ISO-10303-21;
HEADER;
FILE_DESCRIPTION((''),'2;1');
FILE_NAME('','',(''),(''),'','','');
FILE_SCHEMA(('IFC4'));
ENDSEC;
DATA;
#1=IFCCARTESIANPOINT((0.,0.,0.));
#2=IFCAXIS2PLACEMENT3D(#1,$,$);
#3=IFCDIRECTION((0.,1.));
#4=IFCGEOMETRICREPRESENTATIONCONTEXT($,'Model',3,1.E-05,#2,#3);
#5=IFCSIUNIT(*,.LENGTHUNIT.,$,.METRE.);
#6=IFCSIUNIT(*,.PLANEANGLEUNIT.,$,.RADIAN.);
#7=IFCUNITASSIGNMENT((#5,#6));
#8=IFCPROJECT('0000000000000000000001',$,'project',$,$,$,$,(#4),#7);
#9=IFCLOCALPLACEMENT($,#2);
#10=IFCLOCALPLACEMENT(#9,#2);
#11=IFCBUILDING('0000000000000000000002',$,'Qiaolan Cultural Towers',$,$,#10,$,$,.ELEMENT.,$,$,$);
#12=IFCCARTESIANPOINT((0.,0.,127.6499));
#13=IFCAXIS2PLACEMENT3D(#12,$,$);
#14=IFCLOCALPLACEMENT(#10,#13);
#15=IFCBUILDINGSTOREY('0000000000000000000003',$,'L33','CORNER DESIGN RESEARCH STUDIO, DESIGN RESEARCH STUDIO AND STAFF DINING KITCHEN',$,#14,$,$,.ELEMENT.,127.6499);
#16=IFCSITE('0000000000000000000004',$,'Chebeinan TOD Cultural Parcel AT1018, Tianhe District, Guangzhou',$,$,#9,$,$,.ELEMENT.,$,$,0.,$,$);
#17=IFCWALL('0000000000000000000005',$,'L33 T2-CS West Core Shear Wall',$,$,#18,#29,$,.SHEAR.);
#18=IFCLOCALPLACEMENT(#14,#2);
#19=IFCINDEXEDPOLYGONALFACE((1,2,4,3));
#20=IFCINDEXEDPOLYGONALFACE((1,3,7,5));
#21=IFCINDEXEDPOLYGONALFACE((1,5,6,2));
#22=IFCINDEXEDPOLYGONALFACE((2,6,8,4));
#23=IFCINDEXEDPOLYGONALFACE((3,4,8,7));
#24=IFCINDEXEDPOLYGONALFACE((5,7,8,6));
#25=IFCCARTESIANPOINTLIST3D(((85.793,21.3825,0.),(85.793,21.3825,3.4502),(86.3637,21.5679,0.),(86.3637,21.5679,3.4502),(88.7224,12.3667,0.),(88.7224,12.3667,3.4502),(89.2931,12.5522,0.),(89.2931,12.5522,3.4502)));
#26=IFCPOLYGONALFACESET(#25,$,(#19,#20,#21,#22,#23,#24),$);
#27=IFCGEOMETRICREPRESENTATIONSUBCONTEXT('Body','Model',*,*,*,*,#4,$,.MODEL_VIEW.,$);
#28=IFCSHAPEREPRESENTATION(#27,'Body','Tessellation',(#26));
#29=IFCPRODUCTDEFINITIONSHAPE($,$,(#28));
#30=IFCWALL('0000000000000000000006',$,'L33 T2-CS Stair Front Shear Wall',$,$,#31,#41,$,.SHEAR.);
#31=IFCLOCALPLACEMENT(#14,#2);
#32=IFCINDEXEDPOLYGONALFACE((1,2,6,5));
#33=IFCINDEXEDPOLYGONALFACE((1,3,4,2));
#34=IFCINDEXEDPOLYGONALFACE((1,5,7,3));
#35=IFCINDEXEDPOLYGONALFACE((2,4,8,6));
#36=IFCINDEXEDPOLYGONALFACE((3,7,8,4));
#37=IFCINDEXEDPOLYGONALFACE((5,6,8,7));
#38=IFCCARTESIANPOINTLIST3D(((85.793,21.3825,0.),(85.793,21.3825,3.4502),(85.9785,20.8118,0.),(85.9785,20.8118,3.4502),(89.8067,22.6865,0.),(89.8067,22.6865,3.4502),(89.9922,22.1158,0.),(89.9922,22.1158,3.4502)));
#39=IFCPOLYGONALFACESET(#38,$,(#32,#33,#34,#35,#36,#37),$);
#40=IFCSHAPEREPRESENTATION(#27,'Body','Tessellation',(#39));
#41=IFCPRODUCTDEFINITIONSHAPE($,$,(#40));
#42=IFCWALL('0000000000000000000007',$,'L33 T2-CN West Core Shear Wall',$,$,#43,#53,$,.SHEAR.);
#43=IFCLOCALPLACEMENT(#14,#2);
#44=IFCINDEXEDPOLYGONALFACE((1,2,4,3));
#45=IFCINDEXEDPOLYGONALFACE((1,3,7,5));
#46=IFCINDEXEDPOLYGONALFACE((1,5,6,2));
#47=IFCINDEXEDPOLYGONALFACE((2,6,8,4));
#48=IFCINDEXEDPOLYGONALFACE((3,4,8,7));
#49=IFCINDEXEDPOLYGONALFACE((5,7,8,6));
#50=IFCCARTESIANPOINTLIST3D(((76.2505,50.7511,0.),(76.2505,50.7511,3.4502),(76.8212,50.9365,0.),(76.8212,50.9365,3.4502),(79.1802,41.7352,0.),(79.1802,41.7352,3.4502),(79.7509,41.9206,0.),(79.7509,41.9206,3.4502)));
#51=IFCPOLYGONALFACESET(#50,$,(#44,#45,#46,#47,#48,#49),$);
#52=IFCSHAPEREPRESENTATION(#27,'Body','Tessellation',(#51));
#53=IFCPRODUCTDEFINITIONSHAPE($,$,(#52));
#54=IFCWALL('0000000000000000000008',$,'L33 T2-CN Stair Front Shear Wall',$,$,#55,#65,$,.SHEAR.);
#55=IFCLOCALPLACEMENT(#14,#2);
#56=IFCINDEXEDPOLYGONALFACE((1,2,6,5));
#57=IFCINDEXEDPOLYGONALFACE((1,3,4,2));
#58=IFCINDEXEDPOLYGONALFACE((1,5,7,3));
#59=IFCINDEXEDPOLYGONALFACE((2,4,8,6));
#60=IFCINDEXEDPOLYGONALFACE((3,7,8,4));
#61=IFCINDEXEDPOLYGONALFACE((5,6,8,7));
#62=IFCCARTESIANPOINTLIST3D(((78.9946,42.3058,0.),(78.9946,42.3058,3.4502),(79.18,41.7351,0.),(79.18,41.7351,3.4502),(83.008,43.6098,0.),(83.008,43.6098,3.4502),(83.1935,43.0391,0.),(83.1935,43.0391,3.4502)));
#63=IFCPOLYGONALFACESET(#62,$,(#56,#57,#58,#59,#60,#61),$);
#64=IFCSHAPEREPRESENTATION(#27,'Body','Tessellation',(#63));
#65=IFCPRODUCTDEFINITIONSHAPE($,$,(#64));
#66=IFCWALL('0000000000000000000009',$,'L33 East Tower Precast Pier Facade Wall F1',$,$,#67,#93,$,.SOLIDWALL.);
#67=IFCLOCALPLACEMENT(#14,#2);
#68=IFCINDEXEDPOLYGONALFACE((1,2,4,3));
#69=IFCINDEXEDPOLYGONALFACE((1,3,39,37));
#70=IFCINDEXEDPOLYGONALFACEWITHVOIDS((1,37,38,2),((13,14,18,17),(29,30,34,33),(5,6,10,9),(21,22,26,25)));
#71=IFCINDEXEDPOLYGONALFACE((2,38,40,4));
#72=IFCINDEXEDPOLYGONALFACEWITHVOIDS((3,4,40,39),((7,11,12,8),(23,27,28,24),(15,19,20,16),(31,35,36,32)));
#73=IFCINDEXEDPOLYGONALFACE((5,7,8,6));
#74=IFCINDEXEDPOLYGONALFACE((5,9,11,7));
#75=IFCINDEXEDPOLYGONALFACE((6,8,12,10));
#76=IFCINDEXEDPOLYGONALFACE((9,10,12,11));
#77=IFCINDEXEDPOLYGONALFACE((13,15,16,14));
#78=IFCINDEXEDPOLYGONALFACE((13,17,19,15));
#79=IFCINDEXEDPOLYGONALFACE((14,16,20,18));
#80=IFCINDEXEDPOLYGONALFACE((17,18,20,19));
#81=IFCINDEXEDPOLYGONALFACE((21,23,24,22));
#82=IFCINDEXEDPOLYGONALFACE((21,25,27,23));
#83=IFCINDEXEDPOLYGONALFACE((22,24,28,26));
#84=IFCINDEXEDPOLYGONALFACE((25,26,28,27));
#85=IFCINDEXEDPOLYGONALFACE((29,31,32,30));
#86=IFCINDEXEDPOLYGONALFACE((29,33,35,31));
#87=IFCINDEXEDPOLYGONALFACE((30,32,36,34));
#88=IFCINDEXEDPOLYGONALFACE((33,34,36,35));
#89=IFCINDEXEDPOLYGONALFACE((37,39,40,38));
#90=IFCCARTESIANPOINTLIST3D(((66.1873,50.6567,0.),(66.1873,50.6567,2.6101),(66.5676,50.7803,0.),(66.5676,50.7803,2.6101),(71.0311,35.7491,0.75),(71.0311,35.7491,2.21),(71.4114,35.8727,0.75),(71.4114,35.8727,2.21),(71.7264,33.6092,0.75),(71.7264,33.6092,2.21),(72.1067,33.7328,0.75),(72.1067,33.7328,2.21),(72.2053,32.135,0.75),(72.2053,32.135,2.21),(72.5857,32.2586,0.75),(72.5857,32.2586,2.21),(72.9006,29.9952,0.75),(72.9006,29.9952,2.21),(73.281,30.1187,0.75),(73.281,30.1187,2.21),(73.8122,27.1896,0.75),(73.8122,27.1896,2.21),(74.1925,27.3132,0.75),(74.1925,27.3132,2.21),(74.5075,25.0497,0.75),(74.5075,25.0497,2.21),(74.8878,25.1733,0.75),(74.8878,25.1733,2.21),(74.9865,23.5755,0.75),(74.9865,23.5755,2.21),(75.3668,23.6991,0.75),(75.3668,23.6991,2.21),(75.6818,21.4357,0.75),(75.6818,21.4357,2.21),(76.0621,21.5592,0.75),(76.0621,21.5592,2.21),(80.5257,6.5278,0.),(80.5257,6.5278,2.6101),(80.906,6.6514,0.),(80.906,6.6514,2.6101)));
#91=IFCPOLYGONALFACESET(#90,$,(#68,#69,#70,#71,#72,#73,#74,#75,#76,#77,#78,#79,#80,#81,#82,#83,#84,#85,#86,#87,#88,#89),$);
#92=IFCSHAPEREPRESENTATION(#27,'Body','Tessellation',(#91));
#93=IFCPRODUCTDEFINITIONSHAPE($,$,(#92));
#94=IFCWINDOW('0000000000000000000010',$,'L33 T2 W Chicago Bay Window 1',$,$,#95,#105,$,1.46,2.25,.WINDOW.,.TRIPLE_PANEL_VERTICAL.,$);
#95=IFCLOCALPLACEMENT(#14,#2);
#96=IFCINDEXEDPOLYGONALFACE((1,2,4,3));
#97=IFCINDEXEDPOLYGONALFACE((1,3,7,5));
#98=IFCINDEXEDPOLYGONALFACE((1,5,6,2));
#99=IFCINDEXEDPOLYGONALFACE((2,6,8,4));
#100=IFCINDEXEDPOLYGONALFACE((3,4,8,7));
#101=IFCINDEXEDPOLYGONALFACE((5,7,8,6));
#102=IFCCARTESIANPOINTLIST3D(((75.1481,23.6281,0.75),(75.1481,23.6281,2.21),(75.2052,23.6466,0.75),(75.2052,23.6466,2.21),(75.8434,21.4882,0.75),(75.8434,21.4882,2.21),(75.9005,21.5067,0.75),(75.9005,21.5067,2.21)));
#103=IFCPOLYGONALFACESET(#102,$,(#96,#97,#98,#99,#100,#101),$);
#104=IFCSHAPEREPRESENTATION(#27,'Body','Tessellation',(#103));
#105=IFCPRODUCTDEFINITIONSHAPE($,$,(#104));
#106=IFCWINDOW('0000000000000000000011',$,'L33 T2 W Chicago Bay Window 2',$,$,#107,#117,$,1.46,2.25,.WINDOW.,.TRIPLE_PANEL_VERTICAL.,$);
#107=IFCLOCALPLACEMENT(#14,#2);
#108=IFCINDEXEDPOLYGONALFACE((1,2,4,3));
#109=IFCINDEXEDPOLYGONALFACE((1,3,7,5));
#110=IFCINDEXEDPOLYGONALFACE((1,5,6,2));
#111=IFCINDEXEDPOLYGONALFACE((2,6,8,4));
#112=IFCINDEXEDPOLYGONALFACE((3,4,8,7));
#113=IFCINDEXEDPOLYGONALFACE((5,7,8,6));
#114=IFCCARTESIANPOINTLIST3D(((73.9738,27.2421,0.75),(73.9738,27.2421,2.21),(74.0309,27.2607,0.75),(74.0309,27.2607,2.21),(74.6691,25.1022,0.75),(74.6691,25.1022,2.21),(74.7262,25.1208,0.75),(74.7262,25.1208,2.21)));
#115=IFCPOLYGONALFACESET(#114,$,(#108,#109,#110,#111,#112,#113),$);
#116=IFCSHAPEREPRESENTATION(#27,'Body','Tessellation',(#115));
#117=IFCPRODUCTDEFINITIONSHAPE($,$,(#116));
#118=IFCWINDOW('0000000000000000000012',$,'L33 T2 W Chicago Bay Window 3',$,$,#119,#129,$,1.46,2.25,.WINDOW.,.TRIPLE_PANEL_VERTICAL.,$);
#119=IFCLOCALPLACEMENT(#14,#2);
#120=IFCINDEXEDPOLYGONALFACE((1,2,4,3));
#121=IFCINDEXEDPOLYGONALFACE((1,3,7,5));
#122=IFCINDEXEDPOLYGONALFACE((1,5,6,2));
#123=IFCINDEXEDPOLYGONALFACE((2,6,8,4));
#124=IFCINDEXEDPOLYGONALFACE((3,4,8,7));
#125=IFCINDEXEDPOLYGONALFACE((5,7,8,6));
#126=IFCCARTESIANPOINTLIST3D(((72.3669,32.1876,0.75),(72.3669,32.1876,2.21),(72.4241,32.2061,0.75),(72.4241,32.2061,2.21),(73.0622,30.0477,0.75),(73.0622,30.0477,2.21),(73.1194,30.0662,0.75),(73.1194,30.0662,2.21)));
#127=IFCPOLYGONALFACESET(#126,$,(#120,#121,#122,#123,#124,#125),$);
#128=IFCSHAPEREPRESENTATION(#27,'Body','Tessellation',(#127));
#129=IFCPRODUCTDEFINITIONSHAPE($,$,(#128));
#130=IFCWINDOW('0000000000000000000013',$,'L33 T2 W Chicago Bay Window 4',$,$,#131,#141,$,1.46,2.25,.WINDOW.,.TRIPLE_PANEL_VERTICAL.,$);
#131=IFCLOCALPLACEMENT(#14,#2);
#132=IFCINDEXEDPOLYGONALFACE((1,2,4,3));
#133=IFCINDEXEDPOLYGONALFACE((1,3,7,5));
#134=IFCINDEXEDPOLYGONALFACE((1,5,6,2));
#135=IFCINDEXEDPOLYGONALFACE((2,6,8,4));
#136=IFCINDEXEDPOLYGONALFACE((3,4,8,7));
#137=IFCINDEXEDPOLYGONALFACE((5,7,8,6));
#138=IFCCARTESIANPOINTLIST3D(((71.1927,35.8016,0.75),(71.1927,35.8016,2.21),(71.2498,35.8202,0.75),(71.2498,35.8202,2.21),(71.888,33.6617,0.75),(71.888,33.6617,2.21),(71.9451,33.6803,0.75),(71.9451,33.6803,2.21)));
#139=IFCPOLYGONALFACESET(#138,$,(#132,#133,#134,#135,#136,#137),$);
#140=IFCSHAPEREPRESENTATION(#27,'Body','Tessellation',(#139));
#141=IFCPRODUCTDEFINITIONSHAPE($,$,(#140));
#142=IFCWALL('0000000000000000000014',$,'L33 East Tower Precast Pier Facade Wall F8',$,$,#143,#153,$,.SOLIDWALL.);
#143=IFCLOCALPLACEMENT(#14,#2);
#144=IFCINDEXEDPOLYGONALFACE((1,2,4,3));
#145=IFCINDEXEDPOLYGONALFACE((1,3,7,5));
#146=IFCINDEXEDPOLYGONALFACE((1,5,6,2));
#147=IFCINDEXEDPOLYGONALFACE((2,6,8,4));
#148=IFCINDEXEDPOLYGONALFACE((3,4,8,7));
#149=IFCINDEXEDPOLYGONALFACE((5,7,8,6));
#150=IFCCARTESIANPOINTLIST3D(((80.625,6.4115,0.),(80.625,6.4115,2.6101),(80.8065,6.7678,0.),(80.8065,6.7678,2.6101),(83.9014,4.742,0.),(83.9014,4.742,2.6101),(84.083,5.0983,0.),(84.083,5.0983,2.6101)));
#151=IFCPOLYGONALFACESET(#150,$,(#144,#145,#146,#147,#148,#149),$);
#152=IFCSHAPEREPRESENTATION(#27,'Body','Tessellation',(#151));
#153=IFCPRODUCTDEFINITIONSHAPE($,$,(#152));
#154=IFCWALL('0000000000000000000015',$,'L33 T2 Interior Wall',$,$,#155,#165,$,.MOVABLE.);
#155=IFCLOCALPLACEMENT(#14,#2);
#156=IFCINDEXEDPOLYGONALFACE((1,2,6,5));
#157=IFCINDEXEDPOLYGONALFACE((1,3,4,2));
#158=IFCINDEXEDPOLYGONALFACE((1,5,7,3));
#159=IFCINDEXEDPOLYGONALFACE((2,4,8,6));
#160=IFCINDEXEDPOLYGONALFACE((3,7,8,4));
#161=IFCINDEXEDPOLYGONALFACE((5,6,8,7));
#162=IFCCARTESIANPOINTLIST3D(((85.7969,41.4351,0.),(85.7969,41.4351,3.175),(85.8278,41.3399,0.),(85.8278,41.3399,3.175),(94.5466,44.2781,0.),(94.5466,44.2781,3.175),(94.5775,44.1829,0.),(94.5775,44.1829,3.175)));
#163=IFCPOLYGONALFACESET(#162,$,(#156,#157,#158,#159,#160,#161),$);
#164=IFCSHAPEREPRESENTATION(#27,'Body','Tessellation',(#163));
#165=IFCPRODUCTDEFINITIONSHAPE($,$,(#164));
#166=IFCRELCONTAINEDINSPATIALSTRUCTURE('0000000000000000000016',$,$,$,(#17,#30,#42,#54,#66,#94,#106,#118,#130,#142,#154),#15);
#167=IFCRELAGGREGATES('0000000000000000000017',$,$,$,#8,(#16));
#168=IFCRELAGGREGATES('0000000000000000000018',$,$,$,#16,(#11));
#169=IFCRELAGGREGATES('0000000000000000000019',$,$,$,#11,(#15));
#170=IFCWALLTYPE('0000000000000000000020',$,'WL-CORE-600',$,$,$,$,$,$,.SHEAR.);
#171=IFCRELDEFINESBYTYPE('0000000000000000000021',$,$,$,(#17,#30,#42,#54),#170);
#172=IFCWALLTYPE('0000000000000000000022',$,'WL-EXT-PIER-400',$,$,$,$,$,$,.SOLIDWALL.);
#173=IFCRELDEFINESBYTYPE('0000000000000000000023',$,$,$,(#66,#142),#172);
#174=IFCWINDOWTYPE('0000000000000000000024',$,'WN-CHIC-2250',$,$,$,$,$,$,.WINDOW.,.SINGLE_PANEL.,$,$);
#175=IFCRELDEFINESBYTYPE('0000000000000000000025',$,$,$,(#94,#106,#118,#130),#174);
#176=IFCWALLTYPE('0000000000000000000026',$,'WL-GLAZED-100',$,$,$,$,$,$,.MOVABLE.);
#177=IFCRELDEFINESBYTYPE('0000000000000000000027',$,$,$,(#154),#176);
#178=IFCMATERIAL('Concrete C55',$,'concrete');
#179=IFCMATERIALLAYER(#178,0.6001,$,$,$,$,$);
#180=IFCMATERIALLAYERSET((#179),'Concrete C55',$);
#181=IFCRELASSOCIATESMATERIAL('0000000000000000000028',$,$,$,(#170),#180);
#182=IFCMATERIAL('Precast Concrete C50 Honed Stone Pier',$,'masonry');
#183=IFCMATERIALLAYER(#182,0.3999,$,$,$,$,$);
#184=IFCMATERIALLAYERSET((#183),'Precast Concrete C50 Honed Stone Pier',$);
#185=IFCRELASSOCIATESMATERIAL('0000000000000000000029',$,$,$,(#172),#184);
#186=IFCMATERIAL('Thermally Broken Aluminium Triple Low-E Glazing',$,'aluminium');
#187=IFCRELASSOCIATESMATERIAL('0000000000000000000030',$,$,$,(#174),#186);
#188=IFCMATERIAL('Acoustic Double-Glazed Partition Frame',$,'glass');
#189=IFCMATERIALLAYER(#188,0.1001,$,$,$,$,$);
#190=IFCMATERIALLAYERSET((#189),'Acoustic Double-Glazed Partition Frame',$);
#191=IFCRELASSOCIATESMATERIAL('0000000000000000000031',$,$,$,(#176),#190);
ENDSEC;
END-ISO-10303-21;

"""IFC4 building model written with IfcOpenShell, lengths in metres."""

from ifc_helpers import new_model, si_unit, direction, frame, frame_2d, origin, place, context, subcontext, project, spatial, rectangle, extrude, material, layer, layer_set, type_object, element, fill, save


model = new_model("IFC4")

# Units and contexts
model_context = context("Model", 3, precision=1e-05, world=origin(), true_north=direction((0.0, 1.0)))
body_context = subcontext(model_context, "Body", "Model", "MODEL_VIEW")
ifc_project = project(units=[si_unit("LENGTHUNIT", "METRE"), si_unit("PLANEANGLEUNIT", "RADIAN")], contexts=[model_context])

# Site, building, storey
site_placement = place(None, origin())
site = spatial("IfcSite", under=ifc_project, at=site_placement, Name="Chebeinan TOD Cultural Parcel AT1018, Tianhe District, Guangzhou", CompositionType="ELEMENT", RefElevation=0.0)
building_placement = place(site_placement, origin())
building = spatial("IfcBuilding", under=site, at=building_placement, Name="Qiaolan Cultural Towers", CompositionType="ELEMENT")
storey_placement = place(building_placement, frame((0.0, 0.0, 127.6499)))
storey = spatial("IfcBuildingStorey", under=building, at=storey_placement, Name="L33", Description="CORNER DESIGN RESEARCH STUDIO, DESIGN RESEARCH STUDIO AND STAFF DINING KITCHEN", CompositionType="ELEMENT", Elevation=127.6499)

# Walls
ifc_material_1 = material(Name="Concrete C55", Category="concrete")
ifc_layer_1 = layer(ifc_material_1, 0.6001)
ifc_layer_set_1 = layer_set([ifc_layer_1], Name="Concrete C55")
wall_type_1 = type_object("IfcWallType", Name="WL-CORE-600", PredefinedType="SHEAR", material=ifc_layer_set_1)
wall_1_placement = place(storey_placement, frame((86.0784, 21.4751, 0.0), z_axis=(0.0, 0.0, 1.0), x_axis=(0.309018, -0.951056, 0.0)))
element("IfcWall", 1, at=wall_1_placement, inside=storey, type_object=wall_type_1, Name="L33 T2-CS West Core Shear Wall", PredefinedType="SHEAR", context=body_context, shape_type="SweptSolid", body=[
    extrude(rectangle(XDim=9.4797, YDim=0.6001, at=frame_2d((4.7397, 0.0))), origin(), (0.0, 0.0, 1.0), 3.4502),
])
wall_2_placement = place(storey_placement, frame((85.8857, 21.0972, 0.0), z_axis=(0.0, 0.0, 1.0), x_axis=(0.951068, 0.308981, 0.0)))
element("IfcWall", 2, at=wall_2_placement, inside=storey, type_object=wall_type_1, Name="L33 T2-CS Stair Front Shear Wall", PredefinedType="SHEAR", context=body_context, shape_type="SweptSolid", body=[
    extrude(rectangle(XDim=4.2202, YDim=0.6001, at=frame_2d((2.1101, 0.0))), origin(), (0.0, 0.0, 1.0), 3.4502),
])
wall_3_placement = place(storey_placement, frame((79.4656, 41.8279, 0.0), z_axis=(0.0, 0.0, 1.0), x_axis=(-0.309041, 0.951049, 0.0)))
element("IfcWall", 3, at=wall_3_placement, inside=storey, type_object=wall_type_1, Name="L33 T2-CN West Core Shear Wall", PredefinedType="SHEAR", context=body_context, shape_type="SweptSolid", body=[
    extrude(rectangle(XDim=9.48, YDim=0.6001, at=frame_2d((4.74, 0.0))), origin(), (0.0, 0.0, 1.0), 3.4502),
])
wall_4_placement = place(storey_placement, frame((79.0874, 42.0205, 0.0), z_axis=(0.0, 0.0, 1.0), x_axis=(0.951063, 0.308998, 0.0)))
element("IfcWall", 4, at=wall_4_placement, inside=storey, type_object=wall_type_1, Name="L33 T2-CN Stair Front Shear Wall", PredefinedType="SHEAR", context=body_context, shape_type="SweptSolid", body=[
    extrude(rectangle(XDim=4.22, YDim=0.6001, at=frame_2d((2.1099, 0.0))), origin(), (0.0, 0.0, 1.0), 3.4502),
])

# Wall, openings, windows
ifc_material_2 = material(Name="Precast Concrete C50 Honed Stone Pier", Category="masonry")
ifc_layer_2 = layer(ifc_material_2, 0.3999)
ifc_layer_set_2 = layer_set([ifc_layer_2], Name="Precast Concrete C50 Honed Stone Pier")
wall_type_2 = type_object("IfcWallType", Name="WL-EXT-PIER-400", PredefinedType="SOLIDWALL", material=ifc_layer_set_2)
wall_5_placement = place(storey_placement, frame((80.7158, 6.5896, 0.0), z_axis=(0.0, 0.0, 1.0), x_axis=(-0.309018, 0.951056, 0.0)))
wall_5 = element("IfcWall", 5, at=wall_5_placement, inside=storey, type_object=wall_type_2, Name="L33 East Tower Precast Pier Facade Wall F1", PredefinedType="SOLIDWALL", context=body_context, shape_type="SweptSolid", body=[
    extrude(rectangle(XDim=46.3999, YDim=0.3999, at=frame_2d((23.2, 0.0))), origin(), (0.0, 0.0, 1.0), 2.6101),
])
opening_1_placement = place(wall_5_placement, frame((15.675, 0.0, 0.75)))
opening_1 = element("IfcOpeningElement", 6, at=opening_1_placement, cuts=wall_5, PredefinedType="OPENING", context=body_context, shape_type="SweptSolid", body=[
    extrude(rectangle(XDim=2.25, YDim=1.46, at=frame_2d((1.125, 0.73))), frame((0.0, 0.21, 0.0), z_axis=(0.0, -1.0, 0.0), x_axis=(1.0, 0.0, 0.0)), (0.0, 0.0, 1.0), 0.4199),
])
opening_2_placement = place(wall_5_placement, frame((19.4751, 0.0, 0.75)))
opening_2 = element("IfcOpeningElement", 7, at=opening_2_placement, cuts=wall_5, PredefinedType="OPENING", context=body_context, shape_type="SweptSolid", body=[
    extrude(rectangle(XDim=2.25, YDim=1.46, at=frame_2d((1.125, 0.73))), frame((0.0, 0.21, 0.0), z_axis=(0.0, -1.0, 0.0), x_axis=(1.0, 0.0, 0.0)), (0.0, 0.0, 1.0), 0.4199),
])
opening_3_placement = place(wall_5_placement, frame((24.675, 0.0, 0.75)))
opening_3 = element("IfcOpeningElement", 8, at=opening_3_placement, cuts=wall_5, PredefinedType="OPENING", context=body_context, shape_type="SweptSolid", body=[
    extrude(rectangle(XDim=2.25, YDim=1.46, at=frame_2d((1.125, 0.73))), frame((0.0, 0.21, 0.0), z_axis=(0.0, -1.0, 0.0), x_axis=(1.0, 0.0, 0.0)), (0.0, 0.0, 1.0), 0.4199),
])
opening_4_placement = place(wall_5_placement, frame((28.4751, 0.0, 0.75)))
opening_4 = element("IfcOpeningElement", 9, at=opening_4_placement, cuts=wall_5, PredefinedType="OPENING", context=body_context, shape_type="SweptSolid", body=[
    extrude(rectangle(XDim=2.25, YDim=1.46, at=frame_2d((1.125, 0.73))), frame((0.0, 0.21, 0.0), z_axis=(0.0, -1.0, 0.0), x_axis=(1.0, 0.0, 0.0)), (0.0, 0.0, 1.0), 0.4199),
])
ifc_material_3 = material(Name="Thermally Broken Aluminium Triple Low-E Glazing", Category="aluminium")
window_type = type_object("IfcWindowType", Name="WN-CHIC-2250", PartitioningType="SINGLE_PANEL", PredefinedType="WINDOW", material=ifc_material_3)
window_1_placement = place(opening_1_placement, origin())
window_1 = element("IfcWindow", 10, at=window_1_placement, inside=storey, type_object=window_type, Name="L33 T2 W Chicago Bay Window 1", OverallHeight=1.46, OverallWidth=2.25, PartitioningType="TRIPLE_PANEL_VERTICAL", PredefinedType="WINDOW", context=body_context, shape_type="SweptSolid", body=[
    extrude(rectangle(XDim=2.25, YDim=1.46, at=frame_2d((1.125, 0.73))), frame((0.0, 0.03, 0.0), z_axis=(0.0, -1.0, 0.0), x_axis=(1.0, 0.0, 0.0)), (0.0, 0.0, 1.0), 0.0601),
])
fill(opening_1, window_1)
window_2_placement = place(opening_2_placement, origin())
window_2 = element("IfcWindow", 11, at=window_2_placement, inside=storey, type_object=window_type, Name="L33 T2 W Chicago Bay Window 2", OverallHeight=1.46, OverallWidth=2.25, PartitioningType="TRIPLE_PANEL_VERTICAL", PredefinedType="WINDOW", context=body_context, shape_type="SweptSolid", body=[
    extrude(rectangle(XDim=2.25, YDim=1.46, at=frame_2d((1.125, 0.73))), frame((0.0, 0.03, 0.0), z_axis=(0.0, -1.0, 0.0), x_axis=(1.0, 0.0, 0.0)), (0.0, 0.0, 1.0), 0.0601),
])
fill(opening_2, window_2)
window_3_placement = place(opening_3_placement, origin())
window_3 = element("IfcWindow", 12, at=window_3_placement, inside=storey, type_object=window_type, Name="L33 T2 W Chicago Bay Window 3", OverallHeight=1.46, OverallWidth=2.25, PartitioningType="TRIPLE_PANEL_VERTICAL", PredefinedType="WINDOW", context=body_context, shape_type="SweptSolid", body=[
    extrude(rectangle(XDim=2.25, YDim=1.46, at=frame_2d((1.125, 0.73))), frame((0.0, 0.03, 0.0), z_axis=(0.0, -1.0, 0.0), x_axis=(1.0, 0.0, 0.0)), (0.0, 0.0, 1.0), 0.0601),
])
fill(opening_3, window_3)
window_4_placement = place(opening_4_placement, origin())
window_4 = element("IfcWindow", 13, at=window_4_placement, inside=storey, type_object=window_type, Name="L33 T2 W Chicago Bay Window 4", OverallHeight=1.46, OverallWidth=2.25, PartitioningType="TRIPLE_PANEL_VERTICAL", PredefinedType="WINDOW", context=body_context, shape_type="SweptSolid", body=[
    extrude(rectangle(XDim=2.25, YDim=1.46, at=frame_2d((1.125, 0.73))), frame((0.0, 0.03, 0.0), z_axis=(0.0, -1.0, 0.0), x_axis=(1.0, 0.0, 0.0)), (0.0, 0.0, 1.0), 0.0601),
])
fill(opening_4, window_4)

# Walls
wall_6_placement = place(storey_placement, frame((83.9922, 4.9202, 0.0), z_axis=(0.0, 0.0, 1.0), x_axis=(-0.891002, 0.453999, 0.0)))
element("IfcWall", 14, at=wall_6_placement, inside=storey, type_object=wall_type_2, Name="L33 East Tower Precast Pier Facade Wall F8", PredefinedType="SOLIDWALL", context=body_context, shape_type="SweptSolid", body=[
    extrude(rectangle(XDim=3.6772, YDim=0.3999, at=frame_2d((1.8386, 0.0))), origin(), (0.0, 0.0, 1.0), 2.6101),
])
ifc_material_4 = material(Name="Acoustic Double-Glazed Partition Frame", Category="glass")
ifc_layer_3 = layer(ifc_material_4, 0.1001)
ifc_layer_set_3 = layer_set([ifc_layer_3], Name="Acoustic Double-Glazed Partition Frame")
wall_type_3 = type_object("IfcWallType", Name="WL-GLAZED-100", PredefinedType="MOVABLE", material=ifc_layer_set_3)
wall_7_placement = place(storey_placement, frame((85.8123, 41.3875, 0.0), z_axis=(0.0, 0.0, 1.0), x_axis=(0.951055, 0.309022, 0.0)))
element("IfcWall", 15, at=wall_7_placement, inside=storey, type_object=wall_type_3, Name="L33 T2 Interior Wall", PredefinedType="MOVABLE", context=body_context, shape_type="SweptSolid", body=[
    extrude(rectangle(XDim=9.2, YDim=0.1001, at=frame_2d((4.6001, 0.0))), origin(), (0.0, 0.0, 1.0), 3.175),
])

save(model, "model.ifc")
